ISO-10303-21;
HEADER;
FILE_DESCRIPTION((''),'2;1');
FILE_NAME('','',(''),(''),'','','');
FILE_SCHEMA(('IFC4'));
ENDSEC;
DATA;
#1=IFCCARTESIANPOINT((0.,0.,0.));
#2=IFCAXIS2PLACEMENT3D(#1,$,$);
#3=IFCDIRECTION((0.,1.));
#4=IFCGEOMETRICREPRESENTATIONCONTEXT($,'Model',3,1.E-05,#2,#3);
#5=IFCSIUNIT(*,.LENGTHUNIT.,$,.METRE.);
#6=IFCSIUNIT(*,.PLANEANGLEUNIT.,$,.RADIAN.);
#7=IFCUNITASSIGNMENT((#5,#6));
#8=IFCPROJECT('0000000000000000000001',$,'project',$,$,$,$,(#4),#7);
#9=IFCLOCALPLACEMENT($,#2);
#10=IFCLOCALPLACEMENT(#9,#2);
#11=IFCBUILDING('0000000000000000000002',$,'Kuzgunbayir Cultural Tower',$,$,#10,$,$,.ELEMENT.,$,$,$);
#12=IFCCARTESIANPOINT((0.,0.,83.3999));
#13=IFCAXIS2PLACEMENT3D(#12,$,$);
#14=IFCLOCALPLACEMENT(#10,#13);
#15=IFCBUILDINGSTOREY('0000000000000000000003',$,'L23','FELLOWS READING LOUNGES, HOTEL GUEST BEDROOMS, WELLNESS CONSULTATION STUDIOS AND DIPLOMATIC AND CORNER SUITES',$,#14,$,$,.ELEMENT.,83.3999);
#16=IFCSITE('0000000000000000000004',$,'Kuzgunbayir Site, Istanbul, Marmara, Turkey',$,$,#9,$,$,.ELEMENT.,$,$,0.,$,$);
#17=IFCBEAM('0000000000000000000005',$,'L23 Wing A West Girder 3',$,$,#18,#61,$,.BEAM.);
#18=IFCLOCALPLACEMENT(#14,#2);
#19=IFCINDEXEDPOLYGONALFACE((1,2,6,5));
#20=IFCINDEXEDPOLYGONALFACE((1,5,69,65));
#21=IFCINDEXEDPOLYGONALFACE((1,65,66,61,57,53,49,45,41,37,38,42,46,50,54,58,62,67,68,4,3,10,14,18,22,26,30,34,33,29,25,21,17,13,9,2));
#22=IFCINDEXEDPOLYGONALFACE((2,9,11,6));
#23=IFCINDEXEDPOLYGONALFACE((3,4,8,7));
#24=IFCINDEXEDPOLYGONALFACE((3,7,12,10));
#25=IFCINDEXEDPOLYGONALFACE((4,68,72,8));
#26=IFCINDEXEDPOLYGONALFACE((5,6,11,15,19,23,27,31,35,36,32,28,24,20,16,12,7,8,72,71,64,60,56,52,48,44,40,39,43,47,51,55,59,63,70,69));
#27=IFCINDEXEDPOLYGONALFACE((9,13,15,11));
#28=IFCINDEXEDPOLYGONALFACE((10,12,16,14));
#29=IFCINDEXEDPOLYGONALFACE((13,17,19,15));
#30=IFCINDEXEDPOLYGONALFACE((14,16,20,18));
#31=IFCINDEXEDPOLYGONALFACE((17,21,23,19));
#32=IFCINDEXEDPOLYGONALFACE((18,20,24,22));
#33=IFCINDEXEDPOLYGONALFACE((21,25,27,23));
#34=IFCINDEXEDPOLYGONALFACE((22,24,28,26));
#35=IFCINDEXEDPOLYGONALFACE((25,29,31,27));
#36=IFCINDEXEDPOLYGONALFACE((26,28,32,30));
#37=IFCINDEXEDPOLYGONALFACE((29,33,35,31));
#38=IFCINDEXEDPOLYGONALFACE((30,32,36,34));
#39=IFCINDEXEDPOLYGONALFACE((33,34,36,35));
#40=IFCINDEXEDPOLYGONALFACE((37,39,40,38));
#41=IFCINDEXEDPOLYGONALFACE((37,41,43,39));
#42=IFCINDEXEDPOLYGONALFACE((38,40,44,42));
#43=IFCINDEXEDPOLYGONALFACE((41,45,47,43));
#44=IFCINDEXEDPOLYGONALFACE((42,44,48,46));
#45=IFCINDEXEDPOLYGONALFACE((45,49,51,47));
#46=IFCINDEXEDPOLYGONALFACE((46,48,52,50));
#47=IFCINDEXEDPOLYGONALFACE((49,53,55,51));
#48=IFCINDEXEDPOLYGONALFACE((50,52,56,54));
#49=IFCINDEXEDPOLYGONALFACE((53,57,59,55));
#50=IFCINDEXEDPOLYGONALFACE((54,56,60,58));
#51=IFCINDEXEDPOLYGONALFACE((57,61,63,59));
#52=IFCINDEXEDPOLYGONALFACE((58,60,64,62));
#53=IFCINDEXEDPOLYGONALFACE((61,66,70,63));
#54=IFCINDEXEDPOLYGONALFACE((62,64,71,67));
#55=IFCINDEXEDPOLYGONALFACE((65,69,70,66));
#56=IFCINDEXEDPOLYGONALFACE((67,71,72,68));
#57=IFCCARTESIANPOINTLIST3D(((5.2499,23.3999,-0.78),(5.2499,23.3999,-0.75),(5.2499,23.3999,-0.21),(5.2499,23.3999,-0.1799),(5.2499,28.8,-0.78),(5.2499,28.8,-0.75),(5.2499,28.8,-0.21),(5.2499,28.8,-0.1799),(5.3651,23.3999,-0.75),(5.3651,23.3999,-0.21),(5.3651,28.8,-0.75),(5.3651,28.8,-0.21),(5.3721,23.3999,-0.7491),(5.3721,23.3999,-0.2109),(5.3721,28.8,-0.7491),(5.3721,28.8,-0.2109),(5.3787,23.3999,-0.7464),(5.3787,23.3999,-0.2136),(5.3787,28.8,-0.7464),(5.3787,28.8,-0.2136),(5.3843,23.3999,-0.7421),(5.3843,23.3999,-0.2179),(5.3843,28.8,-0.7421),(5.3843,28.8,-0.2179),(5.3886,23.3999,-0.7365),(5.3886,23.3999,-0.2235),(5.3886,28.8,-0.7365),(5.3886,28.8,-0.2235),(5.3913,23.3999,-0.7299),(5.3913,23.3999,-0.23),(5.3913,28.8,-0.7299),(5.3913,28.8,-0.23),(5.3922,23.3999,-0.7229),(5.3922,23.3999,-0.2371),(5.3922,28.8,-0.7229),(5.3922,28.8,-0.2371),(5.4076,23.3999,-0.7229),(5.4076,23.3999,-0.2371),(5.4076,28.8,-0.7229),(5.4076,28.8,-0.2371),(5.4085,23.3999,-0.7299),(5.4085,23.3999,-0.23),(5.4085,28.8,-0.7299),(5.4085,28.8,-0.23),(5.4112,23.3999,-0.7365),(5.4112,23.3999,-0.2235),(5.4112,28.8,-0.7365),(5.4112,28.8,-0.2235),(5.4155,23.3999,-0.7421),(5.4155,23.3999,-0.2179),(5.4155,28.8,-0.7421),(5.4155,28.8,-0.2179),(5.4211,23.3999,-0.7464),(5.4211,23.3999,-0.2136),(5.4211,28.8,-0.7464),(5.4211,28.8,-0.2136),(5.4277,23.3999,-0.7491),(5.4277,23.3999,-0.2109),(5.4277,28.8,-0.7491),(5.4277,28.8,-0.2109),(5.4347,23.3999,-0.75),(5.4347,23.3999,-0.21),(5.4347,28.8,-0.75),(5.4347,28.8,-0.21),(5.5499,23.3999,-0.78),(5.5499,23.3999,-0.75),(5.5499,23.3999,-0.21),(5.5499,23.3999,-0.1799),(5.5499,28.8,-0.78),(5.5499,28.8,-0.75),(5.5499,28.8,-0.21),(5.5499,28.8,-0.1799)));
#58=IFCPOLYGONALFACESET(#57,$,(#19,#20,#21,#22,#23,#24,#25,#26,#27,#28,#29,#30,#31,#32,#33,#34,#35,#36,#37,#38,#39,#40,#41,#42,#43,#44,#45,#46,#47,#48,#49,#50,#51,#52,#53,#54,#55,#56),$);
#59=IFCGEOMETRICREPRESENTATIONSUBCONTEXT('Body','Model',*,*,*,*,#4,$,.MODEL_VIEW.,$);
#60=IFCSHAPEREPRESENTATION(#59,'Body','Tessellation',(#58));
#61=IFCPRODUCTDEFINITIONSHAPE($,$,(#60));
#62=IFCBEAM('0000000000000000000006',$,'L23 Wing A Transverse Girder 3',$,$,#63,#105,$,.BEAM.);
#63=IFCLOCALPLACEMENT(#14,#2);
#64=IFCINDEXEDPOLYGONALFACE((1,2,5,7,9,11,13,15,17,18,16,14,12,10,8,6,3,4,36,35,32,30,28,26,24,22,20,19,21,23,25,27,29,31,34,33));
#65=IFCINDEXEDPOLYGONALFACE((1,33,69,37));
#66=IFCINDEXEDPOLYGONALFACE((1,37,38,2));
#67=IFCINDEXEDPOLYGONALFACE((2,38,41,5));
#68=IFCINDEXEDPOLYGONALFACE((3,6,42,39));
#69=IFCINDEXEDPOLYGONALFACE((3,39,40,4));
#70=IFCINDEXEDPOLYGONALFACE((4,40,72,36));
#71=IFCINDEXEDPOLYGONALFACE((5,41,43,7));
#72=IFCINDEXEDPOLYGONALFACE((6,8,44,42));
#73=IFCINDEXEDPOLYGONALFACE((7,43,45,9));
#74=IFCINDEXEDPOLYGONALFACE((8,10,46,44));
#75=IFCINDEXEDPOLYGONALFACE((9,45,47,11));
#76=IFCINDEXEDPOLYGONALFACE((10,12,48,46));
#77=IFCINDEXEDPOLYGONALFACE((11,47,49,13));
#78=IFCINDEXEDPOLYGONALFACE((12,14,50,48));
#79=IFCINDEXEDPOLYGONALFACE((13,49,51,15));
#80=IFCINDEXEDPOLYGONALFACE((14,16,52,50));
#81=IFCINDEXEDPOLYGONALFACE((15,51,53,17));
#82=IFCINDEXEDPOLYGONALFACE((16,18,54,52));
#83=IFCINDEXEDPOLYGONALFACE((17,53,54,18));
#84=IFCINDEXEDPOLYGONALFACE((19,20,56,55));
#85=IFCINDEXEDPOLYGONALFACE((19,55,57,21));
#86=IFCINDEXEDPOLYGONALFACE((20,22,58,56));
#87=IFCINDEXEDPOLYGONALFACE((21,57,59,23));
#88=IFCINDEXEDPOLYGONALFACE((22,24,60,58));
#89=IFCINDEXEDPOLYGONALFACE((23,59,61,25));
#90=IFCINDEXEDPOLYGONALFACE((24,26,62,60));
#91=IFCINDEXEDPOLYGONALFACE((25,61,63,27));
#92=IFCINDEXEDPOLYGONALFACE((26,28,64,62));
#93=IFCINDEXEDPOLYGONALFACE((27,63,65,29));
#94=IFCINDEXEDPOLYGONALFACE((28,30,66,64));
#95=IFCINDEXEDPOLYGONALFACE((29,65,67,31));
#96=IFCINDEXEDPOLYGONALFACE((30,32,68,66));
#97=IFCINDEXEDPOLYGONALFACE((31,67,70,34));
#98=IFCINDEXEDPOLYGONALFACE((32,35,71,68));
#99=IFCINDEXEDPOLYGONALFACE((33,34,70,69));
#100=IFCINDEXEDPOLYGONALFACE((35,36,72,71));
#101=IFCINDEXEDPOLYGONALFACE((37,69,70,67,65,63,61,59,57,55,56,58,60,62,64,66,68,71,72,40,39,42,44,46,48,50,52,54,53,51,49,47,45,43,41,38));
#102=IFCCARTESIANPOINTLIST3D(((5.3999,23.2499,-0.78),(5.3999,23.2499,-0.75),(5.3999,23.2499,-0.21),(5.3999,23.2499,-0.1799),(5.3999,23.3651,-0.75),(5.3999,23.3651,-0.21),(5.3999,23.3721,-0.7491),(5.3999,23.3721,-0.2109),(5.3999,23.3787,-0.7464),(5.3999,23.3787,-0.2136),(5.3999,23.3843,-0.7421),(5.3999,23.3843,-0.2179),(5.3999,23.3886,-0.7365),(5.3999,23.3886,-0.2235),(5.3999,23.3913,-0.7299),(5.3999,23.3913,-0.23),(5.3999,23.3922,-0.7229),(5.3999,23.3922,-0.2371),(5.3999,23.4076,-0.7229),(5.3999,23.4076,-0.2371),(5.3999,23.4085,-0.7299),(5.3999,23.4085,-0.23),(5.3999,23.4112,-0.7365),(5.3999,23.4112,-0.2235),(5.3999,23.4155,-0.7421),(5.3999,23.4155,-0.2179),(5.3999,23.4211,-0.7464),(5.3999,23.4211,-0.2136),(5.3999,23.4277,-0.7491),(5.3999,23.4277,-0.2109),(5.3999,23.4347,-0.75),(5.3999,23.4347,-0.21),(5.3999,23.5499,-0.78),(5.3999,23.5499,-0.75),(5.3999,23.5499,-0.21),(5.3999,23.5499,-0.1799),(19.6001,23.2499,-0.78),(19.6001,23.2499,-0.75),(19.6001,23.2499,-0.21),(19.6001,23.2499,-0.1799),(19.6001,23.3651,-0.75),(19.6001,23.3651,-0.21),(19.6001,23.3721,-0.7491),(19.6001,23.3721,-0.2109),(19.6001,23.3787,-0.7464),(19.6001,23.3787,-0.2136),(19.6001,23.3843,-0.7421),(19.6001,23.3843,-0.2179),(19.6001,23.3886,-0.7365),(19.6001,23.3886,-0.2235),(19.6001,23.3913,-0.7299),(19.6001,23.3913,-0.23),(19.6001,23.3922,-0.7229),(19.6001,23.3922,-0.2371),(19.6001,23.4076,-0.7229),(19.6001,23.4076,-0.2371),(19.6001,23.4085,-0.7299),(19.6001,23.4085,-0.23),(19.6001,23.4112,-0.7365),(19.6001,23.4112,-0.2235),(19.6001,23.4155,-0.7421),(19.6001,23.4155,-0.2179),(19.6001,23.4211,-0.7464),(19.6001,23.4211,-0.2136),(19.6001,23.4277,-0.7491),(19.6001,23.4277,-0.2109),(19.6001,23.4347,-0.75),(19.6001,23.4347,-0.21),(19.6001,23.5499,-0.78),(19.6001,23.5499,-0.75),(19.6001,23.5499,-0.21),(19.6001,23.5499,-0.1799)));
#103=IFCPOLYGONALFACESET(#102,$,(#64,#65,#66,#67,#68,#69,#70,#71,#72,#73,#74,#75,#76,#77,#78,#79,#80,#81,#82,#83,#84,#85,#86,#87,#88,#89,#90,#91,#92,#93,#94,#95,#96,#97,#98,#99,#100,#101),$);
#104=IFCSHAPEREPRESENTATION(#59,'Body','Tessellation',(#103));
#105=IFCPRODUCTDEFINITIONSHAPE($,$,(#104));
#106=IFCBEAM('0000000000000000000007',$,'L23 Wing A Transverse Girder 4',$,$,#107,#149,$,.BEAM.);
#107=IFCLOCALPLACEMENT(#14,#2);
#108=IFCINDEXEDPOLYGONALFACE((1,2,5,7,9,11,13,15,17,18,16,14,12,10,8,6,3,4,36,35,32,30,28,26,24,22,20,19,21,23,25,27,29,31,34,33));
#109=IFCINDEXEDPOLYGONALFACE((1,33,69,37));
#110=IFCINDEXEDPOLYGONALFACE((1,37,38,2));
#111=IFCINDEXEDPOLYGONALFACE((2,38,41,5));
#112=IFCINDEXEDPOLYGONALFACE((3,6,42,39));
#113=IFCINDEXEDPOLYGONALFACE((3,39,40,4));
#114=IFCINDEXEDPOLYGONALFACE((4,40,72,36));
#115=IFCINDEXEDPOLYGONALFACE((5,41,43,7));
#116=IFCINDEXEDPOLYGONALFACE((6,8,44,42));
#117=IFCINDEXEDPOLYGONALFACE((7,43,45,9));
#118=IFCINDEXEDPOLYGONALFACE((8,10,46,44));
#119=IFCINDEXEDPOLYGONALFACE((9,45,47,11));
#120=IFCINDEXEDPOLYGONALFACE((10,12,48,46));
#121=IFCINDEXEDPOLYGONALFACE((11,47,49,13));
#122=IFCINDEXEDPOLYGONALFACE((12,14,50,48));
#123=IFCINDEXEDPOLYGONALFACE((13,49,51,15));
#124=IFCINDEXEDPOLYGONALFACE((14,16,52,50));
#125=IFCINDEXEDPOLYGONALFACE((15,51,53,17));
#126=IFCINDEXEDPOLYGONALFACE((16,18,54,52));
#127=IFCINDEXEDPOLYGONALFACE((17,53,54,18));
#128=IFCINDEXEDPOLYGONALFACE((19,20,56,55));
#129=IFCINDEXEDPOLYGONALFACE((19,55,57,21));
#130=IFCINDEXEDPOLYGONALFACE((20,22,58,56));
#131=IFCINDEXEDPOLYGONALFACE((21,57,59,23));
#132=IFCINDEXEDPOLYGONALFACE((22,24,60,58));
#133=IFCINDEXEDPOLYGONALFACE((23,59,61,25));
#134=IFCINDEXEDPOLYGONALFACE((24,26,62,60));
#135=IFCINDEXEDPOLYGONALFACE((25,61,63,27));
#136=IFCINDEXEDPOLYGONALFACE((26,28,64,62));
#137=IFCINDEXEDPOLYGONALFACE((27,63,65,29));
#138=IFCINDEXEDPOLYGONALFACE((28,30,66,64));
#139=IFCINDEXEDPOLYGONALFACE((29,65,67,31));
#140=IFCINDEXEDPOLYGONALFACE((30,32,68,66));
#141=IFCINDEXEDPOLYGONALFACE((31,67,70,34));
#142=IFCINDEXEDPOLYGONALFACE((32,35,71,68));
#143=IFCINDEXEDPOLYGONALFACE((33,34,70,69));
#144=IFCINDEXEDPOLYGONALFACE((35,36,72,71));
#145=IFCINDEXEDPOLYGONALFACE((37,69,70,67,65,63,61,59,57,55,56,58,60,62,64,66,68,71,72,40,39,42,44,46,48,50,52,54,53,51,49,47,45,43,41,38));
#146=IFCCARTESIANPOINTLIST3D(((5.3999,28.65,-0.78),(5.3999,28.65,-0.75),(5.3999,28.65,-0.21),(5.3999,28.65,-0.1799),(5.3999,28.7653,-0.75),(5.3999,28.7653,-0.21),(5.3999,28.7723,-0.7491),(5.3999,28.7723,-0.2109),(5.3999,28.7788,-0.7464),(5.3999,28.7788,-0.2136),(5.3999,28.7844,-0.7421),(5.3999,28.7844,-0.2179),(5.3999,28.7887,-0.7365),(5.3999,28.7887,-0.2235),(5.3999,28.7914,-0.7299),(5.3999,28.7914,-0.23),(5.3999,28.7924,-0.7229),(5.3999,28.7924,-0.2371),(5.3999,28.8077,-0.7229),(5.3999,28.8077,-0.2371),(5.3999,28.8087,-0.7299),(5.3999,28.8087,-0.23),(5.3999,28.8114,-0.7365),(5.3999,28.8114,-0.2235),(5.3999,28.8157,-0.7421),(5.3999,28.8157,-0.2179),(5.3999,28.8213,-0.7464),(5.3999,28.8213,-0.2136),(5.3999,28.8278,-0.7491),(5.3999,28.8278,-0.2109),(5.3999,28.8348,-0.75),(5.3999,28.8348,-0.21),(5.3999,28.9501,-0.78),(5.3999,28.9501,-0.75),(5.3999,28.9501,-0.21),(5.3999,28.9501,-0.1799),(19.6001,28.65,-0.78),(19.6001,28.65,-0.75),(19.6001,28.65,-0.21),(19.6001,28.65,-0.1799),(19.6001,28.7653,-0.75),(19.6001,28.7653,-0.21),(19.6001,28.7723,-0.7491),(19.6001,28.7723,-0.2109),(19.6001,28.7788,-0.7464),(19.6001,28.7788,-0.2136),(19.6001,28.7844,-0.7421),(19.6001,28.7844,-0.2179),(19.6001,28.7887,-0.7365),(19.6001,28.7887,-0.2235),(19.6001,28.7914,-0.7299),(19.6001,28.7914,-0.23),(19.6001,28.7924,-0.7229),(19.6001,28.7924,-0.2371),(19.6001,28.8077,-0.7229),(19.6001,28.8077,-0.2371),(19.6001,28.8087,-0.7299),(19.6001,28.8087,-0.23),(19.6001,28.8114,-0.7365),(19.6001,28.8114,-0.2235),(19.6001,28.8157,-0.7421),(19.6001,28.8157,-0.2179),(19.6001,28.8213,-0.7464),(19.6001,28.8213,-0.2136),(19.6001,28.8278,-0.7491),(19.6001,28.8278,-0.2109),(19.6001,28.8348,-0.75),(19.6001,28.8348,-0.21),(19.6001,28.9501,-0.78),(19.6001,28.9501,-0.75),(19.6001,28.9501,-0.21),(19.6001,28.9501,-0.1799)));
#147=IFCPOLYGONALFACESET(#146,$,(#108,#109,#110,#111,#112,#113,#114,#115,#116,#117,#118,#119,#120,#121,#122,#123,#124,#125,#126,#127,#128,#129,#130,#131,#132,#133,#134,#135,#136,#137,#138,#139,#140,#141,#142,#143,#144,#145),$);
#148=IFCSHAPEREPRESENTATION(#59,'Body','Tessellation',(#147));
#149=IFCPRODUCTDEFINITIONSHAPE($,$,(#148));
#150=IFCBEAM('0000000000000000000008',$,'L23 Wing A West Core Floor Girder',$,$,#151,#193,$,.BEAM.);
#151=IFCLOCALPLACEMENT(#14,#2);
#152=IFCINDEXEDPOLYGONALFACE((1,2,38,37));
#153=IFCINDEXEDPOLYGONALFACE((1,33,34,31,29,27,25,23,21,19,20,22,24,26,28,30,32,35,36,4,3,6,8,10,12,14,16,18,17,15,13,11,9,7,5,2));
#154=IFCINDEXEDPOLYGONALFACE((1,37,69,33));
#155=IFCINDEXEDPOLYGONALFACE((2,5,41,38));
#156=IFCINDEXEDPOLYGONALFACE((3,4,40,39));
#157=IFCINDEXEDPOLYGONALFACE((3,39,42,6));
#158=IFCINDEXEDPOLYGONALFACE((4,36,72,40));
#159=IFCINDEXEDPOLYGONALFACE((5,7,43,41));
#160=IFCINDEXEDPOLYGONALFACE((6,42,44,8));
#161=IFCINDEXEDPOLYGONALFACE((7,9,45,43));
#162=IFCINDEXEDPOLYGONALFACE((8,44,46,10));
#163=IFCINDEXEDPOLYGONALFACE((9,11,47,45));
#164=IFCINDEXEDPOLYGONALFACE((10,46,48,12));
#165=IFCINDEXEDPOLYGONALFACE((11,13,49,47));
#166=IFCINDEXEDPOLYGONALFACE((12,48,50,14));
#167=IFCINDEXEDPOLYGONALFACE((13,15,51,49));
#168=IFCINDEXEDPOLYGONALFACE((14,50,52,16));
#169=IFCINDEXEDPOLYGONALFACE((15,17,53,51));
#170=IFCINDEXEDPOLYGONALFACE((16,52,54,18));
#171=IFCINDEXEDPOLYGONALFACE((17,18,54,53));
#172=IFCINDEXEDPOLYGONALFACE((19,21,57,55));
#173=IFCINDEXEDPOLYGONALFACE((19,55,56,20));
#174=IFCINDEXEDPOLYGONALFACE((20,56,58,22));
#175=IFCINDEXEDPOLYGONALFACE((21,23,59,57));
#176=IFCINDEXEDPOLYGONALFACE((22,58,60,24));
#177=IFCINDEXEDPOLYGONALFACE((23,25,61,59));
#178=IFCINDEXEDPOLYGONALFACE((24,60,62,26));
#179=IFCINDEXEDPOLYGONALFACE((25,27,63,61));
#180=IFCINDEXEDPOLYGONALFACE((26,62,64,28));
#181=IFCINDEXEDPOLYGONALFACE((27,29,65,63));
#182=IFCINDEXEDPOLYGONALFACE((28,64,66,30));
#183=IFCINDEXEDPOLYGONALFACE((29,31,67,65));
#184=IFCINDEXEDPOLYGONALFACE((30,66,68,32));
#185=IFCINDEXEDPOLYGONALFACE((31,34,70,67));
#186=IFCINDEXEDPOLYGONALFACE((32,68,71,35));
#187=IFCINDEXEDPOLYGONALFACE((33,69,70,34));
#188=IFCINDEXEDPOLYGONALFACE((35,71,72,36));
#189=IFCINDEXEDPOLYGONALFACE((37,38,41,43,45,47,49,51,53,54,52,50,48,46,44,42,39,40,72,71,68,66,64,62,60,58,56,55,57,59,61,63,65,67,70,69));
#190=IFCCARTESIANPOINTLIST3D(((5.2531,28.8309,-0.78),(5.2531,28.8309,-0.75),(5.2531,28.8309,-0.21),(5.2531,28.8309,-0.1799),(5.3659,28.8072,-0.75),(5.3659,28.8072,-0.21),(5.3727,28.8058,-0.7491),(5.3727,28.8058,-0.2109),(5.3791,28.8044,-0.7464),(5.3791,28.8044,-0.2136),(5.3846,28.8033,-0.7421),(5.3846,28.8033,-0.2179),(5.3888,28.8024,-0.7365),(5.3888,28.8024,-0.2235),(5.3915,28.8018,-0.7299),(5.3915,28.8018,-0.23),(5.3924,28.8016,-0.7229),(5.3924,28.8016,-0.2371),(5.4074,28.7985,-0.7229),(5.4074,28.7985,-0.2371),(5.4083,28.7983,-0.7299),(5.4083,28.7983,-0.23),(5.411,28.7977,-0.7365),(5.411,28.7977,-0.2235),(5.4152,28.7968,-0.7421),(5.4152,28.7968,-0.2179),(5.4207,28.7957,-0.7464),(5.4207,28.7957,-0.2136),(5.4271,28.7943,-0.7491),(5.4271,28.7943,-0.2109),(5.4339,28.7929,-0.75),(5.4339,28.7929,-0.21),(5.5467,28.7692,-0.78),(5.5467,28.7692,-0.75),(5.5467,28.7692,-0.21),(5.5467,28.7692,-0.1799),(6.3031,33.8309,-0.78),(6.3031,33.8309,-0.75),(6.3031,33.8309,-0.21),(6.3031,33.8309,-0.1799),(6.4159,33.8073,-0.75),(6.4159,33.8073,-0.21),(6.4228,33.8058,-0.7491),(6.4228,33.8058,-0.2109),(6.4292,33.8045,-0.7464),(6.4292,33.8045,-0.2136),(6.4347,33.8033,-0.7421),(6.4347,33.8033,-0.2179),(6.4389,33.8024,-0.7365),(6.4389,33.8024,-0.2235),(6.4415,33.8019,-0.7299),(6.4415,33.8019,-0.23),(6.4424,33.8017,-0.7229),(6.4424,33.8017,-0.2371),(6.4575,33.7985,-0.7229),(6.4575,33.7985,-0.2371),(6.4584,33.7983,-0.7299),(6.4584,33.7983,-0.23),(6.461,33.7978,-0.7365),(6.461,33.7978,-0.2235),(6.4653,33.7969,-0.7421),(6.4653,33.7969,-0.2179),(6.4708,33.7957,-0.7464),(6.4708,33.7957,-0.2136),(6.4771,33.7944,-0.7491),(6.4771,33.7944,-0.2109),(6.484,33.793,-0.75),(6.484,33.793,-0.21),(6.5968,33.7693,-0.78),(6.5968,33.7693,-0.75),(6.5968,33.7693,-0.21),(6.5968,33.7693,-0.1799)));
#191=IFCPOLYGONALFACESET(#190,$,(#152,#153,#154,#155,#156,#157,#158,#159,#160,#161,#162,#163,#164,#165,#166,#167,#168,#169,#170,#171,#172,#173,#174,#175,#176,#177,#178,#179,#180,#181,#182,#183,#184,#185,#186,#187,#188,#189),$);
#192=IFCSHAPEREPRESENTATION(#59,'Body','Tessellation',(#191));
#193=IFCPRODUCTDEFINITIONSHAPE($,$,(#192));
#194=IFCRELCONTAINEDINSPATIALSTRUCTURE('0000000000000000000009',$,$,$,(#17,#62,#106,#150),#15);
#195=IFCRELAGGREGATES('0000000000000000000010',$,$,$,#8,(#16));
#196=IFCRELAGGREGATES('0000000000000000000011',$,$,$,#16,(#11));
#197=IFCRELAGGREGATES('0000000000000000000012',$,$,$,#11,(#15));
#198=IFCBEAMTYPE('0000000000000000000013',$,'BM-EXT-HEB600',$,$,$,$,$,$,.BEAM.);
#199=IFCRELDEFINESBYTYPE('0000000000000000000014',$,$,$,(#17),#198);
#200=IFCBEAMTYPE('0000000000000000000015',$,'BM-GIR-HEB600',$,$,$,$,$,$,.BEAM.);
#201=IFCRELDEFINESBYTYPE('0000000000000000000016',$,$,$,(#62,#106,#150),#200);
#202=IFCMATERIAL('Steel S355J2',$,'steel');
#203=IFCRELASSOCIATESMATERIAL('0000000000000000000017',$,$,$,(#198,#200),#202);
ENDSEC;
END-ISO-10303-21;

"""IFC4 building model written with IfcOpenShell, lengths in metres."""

from ifc_helpers import new_model, si_unit, direction, frame, origin, origin_2d, place, context, subcontext, project, spatial, i_section, extrude, material, material_profile, profile_set, type_object, element, save


model = new_model("IFC4")

# Units and contexts
model_context = context("Model", 3, precision=1e-05, world=origin(), true_north=direction((0.0, 1.0)))
body_context = subcontext(model_context, "Body", "Model", "MODEL_VIEW")
ifc_project = project(units=[si_unit("LENGTHUNIT", "METRE"), si_unit("PLANEANGLEUNIT", "RADIAN")], contexts=[model_context])

# Site, building, storey
site_placement = place(None, origin())
site = spatial("IfcSite", under=ifc_project, at=site_placement, Name="Kuzgunbayir Site, Istanbul, Marmara, Turkey", CompositionType="ELEMENT", RefElevation=0.0)
building_placement = place(site_placement, origin())
building = spatial("IfcBuilding", under=site, at=building_placement, Name="Kuzgunbayir Cultural Tower", CompositionType="ELEMENT")
storey_placement = place(building_placement, frame((0.0, 0.0, 83.3999)))
storey = spatial("IfcBuildingStorey", under=building, at=storey_placement, Name="L23", Description="FELLOWS READING LOUNGES, HOTEL GUEST BEDROOMS, WELLNESS CONSULTATION STUDIOS AND DIPLOMATIC AND CORNER SUITES", CompositionType="ELEMENT", Elevation=83.3999)

# Beams
ifc_material_1 = material(Name="Steel S355J2", Category="steel")
ifc_material_profile_1 = material_profile(ifc_material_1, i_section(OverallWidth=0.3, OverallDepth=0.6001, WebThickness=0.0154, FlangeThickness=0.03, FilletRadius=0.0271, at=origin_2d()), Name="HEB 600")
ifc_profile_set_1 = profile_set([ifc_material_profile_1], Name="Steel S355J2")
beam_type_1 = type_object("IfcBeamType", Name="BM-EXT-HEB600", PredefinedType="BEAM", material=ifc_profile_set_1)
beam_1_placement = place(storey_placement, frame((5.3999, 23.3999, -0.48), z_axis=(0.0, 1.0, 0.0), x_axis=(-1.0, 0.0, 0.0)))
element("IfcBeam", 1, at=beam_1_placement, inside=storey, type_object=beam_type_1, Name="L23 Wing A West Girder 3", PredefinedType="BEAM", context=body_context, shape_type="SweptSolid", body=[
    extrude(i_section(OverallWidth=0.3, OverallDepth=0.6001, WebThickness=0.0154, FlangeThickness=0.03, FilletRadius=0.0271, at=origin_2d()), origin(), (0.0, 0.0, 1.0), 5.4001),
])
ifc_material_profile_2 = material_profile(ifc_material_1, i_section(OverallWidth=0.3, OverallDepth=0.6001, WebThickness=0.0154, FlangeThickness=0.03, FilletRadius=0.0271, at=origin_2d()), Name="HEB 600")
ifc_profile_set_2 = profile_set([ifc_material_profile_2], Name="Steel S355J2")
beam_type_2 = type_object("IfcBeamType", Name="BM-GIR-HEB600", PredefinedType="BEAM", material=ifc_profile_set_2)
for number, where, z_axis, x_axis, name in (
    (2, (5.3999, 23.3999, -0.48), (1.0, 0.0, 0.0), (0.0, 1.0, 0.0), "L23 Wing A Transverse Girder 3"),
    (3, (5.3999, 28.8, -0.48), (1.0, 0.0, 0.0), (0.0, 1.0, 0.0), "L23 Wing A Transverse Girder 4"),
):
    element("IfcBeam", number, at=place(storey_placement, frame(where, z_axis=z_axis, x_axis=x_axis)), inside=storey, type_object=beam_type_2, Name=name, PredefinedType="BEAM", context=body_context, shape_type="SweptSolid", body=[
        extrude(i_section(OverallWidth=0.3, OverallDepth=0.6001, WebThickness=0.0154, FlangeThickness=0.03, FilletRadius=0.0271, at=origin_2d()), origin(), (0.0, 0.0, 1.0), 14.2002),
    ])
beam_2_placement = place(storey_placement, frame((5.3999, 28.8, -0.48), z_axis=(0.205526, 0.978652, 0.0), x_axis=(-0.978652, 0.205526, 0.0)))
element("IfcBeam", 4, at=beam_2_placement, inside=storey, type_object=beam_type_2, Name="L23 Wing A West Core Floor Girder", PredefinedType="BEAM", context=body_context, shape_type="SweptSolid", body=[
    extrude(i_section(OverallWidth=0.3, OverallDepth=0.6001, WebThickness=0.0154, FlangeThickness=0.03, FilletRadius=0.0271, at=origin_2d()), origin(), (0.0, 0.0, 1.0), 5.1091),
])

save(model, "model.ifc")
